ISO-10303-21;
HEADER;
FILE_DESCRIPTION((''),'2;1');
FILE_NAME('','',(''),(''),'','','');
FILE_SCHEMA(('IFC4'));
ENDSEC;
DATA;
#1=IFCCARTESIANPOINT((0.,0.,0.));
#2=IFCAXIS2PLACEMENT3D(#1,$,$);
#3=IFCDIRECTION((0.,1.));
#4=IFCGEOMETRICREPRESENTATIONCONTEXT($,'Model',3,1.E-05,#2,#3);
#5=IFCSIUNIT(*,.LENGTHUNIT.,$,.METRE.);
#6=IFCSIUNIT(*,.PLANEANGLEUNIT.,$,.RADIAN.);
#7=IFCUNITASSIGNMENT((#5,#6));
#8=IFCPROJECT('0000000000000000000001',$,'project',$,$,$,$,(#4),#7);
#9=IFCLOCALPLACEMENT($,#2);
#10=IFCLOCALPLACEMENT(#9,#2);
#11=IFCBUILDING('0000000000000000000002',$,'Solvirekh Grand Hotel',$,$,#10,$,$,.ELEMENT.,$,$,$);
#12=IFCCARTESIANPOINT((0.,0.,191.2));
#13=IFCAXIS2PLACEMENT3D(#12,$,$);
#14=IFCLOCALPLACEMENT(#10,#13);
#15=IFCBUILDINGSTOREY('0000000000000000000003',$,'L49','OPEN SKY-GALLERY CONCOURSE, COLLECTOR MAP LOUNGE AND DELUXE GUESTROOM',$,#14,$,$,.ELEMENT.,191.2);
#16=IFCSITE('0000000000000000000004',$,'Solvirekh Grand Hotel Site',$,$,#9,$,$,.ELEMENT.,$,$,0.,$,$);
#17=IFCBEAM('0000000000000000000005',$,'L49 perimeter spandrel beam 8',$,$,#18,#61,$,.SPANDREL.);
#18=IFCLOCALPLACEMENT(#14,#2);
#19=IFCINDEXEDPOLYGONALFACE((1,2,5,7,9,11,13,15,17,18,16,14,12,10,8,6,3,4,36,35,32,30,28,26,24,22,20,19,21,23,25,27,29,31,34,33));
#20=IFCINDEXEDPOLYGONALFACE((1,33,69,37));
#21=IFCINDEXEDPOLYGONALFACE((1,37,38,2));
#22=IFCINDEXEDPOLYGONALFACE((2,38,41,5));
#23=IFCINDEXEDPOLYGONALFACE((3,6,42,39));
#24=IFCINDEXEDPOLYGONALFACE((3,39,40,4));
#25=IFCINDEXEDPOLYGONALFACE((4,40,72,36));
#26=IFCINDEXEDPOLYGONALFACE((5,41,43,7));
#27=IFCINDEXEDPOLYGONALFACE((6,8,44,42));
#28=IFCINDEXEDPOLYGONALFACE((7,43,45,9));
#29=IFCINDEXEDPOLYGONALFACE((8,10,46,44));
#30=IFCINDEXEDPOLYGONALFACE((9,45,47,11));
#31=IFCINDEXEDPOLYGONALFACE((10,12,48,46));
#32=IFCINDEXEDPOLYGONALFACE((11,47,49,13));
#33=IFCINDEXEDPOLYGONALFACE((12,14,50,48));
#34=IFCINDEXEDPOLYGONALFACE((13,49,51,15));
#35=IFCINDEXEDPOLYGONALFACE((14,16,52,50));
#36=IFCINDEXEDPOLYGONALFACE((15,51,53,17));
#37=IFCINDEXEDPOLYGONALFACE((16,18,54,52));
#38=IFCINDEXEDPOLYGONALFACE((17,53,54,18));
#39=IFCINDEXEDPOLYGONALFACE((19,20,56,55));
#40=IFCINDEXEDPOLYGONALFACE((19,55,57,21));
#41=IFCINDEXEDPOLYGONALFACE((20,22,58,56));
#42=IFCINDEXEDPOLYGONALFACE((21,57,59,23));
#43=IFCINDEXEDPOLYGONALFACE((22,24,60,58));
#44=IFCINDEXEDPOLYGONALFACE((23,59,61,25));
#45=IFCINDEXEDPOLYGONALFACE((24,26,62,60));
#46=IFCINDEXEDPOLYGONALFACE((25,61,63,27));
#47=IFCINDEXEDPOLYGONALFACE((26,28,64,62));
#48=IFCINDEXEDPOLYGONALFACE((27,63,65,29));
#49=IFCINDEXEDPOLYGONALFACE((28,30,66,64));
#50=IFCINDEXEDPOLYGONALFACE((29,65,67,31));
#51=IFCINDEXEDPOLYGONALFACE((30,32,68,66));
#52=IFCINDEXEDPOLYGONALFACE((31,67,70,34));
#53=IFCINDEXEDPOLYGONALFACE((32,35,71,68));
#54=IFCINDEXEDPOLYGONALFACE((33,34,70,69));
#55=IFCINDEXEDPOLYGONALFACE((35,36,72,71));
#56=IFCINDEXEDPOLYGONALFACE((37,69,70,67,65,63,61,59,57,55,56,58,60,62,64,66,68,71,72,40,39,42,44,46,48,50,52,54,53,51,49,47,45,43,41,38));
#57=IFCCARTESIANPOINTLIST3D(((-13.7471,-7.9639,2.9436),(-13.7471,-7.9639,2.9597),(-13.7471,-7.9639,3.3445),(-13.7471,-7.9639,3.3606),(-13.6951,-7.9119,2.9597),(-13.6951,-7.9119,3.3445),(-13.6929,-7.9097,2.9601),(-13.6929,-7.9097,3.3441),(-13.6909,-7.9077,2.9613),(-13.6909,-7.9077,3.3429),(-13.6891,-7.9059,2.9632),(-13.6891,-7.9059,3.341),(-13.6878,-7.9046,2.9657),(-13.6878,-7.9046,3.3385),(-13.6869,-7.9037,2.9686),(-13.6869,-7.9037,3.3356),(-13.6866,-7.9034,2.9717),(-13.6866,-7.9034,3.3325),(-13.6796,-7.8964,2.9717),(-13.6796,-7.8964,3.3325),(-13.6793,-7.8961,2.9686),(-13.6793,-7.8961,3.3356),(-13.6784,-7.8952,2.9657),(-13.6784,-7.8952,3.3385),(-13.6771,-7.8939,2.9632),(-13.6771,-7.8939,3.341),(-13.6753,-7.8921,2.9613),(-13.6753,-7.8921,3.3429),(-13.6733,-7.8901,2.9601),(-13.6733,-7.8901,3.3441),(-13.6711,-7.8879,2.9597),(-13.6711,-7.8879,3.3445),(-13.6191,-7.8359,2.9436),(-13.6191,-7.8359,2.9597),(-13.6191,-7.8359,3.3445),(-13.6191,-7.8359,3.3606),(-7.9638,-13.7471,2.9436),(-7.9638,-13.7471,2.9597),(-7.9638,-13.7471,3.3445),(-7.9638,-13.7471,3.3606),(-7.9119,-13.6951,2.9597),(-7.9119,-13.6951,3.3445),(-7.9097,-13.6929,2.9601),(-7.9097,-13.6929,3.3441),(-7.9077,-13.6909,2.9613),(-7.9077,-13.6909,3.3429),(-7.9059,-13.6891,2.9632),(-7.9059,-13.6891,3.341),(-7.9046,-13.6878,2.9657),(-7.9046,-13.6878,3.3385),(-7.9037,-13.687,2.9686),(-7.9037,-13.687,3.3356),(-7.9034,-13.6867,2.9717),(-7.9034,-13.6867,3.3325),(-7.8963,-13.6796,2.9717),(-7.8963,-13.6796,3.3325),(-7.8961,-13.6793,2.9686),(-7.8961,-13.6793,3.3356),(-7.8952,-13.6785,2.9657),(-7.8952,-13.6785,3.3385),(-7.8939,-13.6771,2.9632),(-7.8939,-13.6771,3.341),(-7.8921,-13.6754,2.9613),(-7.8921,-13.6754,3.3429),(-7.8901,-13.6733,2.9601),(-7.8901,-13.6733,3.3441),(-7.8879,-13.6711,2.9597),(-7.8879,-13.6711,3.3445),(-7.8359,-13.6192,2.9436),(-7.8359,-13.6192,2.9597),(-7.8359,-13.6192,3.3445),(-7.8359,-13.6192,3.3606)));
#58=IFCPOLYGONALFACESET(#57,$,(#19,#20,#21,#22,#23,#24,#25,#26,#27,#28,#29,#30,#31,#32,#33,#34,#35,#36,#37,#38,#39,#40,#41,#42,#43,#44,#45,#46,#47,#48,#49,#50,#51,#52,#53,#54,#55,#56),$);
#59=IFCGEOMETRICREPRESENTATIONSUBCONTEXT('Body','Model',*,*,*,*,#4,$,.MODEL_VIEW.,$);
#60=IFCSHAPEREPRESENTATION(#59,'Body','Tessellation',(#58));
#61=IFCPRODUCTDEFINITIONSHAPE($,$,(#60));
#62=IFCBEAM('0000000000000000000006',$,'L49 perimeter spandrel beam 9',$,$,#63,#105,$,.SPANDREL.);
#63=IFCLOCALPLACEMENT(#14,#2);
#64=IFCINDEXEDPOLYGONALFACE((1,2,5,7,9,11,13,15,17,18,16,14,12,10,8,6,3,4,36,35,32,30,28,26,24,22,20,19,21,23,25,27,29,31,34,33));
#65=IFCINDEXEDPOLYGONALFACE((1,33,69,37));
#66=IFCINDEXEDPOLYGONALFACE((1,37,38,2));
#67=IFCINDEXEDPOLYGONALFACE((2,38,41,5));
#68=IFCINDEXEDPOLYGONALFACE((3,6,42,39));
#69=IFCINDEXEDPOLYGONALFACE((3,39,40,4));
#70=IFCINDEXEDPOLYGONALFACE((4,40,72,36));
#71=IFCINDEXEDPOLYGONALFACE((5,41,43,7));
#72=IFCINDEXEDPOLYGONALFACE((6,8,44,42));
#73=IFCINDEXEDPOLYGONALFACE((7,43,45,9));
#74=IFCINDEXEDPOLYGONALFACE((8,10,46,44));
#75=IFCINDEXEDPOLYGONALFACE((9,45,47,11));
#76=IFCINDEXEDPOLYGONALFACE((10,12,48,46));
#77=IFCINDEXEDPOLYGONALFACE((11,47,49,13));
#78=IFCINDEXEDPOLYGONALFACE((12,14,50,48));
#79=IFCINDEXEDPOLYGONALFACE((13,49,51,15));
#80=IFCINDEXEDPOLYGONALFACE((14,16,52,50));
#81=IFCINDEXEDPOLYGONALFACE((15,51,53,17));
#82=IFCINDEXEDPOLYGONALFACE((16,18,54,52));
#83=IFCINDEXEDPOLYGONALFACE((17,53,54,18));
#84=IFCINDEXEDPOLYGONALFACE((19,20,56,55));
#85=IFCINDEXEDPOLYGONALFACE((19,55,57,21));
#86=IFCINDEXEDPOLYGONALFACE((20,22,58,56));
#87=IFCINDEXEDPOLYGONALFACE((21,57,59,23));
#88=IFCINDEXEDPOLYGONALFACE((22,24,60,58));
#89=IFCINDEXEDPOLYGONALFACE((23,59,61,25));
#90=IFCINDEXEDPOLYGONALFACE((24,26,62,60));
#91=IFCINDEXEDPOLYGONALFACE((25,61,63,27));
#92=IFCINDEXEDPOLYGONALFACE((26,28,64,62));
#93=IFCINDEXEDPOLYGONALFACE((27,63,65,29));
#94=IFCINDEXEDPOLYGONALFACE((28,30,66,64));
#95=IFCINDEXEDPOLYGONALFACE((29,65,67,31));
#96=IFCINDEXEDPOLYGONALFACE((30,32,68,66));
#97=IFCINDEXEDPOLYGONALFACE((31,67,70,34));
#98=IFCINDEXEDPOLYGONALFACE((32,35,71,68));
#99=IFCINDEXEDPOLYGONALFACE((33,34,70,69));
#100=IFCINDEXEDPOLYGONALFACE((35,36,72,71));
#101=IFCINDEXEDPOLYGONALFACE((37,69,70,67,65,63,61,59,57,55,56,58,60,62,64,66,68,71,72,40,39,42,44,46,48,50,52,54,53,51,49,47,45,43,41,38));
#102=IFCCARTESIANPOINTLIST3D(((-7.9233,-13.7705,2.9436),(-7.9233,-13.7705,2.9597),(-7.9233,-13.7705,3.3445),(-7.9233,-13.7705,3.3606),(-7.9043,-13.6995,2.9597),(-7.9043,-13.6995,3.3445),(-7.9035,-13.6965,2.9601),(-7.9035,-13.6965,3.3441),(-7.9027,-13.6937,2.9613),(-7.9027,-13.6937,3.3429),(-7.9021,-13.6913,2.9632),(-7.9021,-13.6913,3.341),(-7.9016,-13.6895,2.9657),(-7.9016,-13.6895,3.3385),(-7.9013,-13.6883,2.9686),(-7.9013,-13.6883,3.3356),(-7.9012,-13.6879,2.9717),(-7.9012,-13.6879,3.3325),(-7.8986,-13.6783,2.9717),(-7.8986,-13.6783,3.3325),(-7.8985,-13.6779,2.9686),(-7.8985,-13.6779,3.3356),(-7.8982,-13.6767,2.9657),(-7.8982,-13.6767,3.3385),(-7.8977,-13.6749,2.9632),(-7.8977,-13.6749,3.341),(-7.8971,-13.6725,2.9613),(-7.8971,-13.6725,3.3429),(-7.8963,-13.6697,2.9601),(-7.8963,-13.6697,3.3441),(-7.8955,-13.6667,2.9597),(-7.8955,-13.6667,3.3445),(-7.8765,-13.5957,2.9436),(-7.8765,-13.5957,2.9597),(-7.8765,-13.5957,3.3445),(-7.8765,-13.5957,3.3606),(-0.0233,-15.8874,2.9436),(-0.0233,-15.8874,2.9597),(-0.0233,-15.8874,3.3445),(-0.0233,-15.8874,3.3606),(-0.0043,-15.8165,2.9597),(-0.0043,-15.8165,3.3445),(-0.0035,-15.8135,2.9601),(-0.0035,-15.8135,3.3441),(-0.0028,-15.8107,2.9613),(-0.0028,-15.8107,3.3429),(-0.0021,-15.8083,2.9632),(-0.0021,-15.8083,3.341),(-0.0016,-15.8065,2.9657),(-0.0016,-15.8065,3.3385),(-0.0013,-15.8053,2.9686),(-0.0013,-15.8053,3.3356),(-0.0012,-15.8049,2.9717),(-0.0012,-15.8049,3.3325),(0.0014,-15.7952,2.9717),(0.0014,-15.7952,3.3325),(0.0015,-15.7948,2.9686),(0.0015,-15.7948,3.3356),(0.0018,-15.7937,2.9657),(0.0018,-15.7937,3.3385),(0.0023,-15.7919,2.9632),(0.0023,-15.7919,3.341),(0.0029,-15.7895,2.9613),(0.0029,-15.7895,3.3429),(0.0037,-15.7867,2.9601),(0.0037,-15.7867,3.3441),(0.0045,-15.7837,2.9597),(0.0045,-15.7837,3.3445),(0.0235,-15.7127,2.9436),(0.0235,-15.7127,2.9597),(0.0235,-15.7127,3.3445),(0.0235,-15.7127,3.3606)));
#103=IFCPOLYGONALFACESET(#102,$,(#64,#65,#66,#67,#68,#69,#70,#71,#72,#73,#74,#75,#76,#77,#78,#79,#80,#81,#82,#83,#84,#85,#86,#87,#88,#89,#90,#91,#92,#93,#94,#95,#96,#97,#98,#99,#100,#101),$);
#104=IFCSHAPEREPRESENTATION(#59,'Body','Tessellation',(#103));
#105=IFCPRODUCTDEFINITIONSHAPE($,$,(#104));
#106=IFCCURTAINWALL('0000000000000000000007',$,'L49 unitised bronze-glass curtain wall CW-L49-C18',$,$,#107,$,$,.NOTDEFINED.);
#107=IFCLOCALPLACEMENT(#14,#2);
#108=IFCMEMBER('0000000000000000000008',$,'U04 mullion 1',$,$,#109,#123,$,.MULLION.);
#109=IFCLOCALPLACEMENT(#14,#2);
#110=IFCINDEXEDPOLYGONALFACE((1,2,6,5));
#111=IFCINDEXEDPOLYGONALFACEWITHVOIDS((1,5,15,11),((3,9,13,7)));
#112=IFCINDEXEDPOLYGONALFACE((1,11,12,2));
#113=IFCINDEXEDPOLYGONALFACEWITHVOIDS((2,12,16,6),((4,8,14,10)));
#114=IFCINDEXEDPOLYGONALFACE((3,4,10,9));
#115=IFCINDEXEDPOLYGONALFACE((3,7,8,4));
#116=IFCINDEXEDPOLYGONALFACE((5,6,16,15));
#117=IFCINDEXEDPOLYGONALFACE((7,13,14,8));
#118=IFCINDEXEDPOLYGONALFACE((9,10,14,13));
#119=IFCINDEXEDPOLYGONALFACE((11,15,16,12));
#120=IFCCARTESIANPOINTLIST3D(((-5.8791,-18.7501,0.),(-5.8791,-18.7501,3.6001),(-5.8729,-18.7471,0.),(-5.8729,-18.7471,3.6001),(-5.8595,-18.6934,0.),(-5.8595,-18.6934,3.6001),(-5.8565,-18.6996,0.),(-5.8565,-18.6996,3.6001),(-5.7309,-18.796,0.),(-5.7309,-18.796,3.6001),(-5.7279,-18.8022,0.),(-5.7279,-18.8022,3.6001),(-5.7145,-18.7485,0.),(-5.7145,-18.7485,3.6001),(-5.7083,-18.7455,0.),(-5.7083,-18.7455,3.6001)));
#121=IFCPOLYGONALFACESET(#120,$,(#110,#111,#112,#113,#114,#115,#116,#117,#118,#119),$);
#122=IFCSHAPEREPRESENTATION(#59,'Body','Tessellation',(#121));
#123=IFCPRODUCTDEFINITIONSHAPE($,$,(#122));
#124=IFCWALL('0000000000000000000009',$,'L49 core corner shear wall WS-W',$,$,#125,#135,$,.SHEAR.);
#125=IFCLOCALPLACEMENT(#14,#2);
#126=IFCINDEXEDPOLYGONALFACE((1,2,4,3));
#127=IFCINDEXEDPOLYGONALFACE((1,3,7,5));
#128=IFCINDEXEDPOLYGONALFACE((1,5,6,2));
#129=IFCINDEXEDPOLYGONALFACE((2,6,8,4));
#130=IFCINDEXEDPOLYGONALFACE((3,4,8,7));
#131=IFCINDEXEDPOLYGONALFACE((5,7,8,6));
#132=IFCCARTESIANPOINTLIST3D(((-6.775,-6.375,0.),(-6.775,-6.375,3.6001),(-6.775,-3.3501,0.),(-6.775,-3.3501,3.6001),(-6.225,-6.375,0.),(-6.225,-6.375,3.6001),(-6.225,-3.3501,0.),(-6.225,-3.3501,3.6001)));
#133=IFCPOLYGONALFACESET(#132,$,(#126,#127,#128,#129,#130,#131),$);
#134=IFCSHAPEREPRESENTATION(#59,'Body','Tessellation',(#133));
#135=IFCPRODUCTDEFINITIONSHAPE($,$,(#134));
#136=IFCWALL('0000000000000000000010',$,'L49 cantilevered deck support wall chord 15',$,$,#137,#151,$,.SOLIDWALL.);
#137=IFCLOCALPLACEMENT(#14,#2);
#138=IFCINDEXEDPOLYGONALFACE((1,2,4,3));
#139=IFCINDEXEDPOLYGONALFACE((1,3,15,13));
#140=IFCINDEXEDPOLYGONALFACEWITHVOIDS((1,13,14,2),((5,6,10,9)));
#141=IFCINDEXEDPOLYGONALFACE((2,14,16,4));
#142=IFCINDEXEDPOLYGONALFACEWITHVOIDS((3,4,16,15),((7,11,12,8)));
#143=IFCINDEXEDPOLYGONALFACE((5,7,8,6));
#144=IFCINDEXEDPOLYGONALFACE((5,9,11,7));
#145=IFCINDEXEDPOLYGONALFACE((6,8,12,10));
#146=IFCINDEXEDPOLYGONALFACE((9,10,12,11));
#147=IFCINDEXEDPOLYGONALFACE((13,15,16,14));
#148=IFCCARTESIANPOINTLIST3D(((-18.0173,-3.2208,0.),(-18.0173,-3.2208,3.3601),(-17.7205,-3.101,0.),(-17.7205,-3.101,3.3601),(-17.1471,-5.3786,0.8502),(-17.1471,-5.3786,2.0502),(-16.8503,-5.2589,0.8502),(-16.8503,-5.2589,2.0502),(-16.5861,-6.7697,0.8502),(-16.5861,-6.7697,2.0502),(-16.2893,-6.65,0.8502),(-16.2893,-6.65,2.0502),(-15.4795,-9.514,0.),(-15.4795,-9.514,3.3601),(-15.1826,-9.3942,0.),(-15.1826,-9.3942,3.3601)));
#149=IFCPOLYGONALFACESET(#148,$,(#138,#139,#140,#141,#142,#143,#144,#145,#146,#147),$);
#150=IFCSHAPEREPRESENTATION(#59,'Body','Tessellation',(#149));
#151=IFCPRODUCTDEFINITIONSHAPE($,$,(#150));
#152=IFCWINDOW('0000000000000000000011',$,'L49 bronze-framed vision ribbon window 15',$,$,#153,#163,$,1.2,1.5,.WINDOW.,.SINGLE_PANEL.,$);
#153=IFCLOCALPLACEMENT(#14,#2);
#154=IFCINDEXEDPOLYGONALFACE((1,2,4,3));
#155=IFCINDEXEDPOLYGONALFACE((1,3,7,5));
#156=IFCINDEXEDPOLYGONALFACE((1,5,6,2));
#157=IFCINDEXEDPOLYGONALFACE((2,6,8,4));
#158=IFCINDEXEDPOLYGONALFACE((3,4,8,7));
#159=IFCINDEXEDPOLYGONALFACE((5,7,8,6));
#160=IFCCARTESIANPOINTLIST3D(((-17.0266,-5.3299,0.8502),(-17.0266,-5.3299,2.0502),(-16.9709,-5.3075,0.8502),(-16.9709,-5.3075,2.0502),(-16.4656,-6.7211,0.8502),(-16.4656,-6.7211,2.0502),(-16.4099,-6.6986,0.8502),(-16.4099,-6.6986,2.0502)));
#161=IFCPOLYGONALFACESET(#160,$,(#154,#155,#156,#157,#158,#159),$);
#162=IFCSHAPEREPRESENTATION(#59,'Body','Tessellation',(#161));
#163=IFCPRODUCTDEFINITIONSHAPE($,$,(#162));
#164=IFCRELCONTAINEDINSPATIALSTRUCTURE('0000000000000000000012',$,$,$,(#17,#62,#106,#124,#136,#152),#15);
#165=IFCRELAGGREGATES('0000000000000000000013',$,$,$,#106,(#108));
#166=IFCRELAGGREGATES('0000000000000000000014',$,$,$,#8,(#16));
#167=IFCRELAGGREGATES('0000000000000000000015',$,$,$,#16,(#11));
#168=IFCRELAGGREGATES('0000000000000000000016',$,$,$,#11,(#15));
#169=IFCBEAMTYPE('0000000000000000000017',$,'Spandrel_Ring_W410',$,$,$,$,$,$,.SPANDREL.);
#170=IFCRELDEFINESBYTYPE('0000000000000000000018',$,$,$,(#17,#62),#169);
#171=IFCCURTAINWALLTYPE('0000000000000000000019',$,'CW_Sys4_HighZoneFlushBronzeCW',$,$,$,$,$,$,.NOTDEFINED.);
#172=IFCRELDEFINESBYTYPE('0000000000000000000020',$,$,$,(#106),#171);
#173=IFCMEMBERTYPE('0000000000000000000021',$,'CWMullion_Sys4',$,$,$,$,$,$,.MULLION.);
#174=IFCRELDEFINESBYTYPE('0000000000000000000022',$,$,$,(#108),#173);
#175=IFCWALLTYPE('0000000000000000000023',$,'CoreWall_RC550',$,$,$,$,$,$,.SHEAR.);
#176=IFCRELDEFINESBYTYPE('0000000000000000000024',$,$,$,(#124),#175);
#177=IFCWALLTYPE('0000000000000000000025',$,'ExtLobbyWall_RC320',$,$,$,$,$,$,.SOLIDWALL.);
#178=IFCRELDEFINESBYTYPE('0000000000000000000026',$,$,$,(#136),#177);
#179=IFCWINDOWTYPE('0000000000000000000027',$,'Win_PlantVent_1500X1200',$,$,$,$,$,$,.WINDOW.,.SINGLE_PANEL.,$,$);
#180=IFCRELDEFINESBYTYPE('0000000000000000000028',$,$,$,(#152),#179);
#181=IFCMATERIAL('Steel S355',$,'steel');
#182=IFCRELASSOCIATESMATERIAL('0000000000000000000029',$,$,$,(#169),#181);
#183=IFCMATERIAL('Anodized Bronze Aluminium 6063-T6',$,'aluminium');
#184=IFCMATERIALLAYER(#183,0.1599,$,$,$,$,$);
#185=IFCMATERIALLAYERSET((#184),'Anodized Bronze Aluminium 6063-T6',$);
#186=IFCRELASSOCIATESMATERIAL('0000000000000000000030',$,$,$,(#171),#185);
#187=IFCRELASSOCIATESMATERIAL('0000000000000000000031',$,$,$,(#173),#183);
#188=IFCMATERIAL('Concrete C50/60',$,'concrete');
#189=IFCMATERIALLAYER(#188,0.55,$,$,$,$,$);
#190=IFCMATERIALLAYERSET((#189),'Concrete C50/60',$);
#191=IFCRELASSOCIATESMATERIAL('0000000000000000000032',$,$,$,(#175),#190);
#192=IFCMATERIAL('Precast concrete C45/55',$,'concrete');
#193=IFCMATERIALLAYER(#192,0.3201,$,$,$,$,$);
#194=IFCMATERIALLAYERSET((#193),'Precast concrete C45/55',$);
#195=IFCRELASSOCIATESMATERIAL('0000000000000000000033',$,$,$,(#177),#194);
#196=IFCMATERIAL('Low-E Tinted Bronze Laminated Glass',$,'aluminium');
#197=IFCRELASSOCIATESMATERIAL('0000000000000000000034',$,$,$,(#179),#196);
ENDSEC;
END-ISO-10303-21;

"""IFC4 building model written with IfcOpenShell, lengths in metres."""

from ifc_helpers import new_model, si_unit, direction, frame, frame_2d, origin, origin_2d, place, context, subcontext, project, spatial, rectangle, hollow_rectangle, i_section, extrude, source, transform, mapped, material, layer, layer_set, material_profile, profile_set, type_object, element, fill, aggregate, save


model = new_model("IFC4")

# Units and contexts
model_context = context("Model", 3, precision=1e-05, world=origin(), true_north=direction((0.0, 1.0)))
body_context = subcontext(model_context, "Body", "Model", "MODEL_VIEW")
ifc_project = project(units=[si_unit("LENGTHUNIT", "METRE"), si_unit("PLANEANGLEUNIT", "RADIAN")], contexts=[model_context])

# Site, building, storey
site_placement = place(None, origin())
site = spatial("IfcSite", under=ifc_project, at=site_placement, Name="Solvirekh Grand Hotel Site", CompositionType="ELEMENT", RefElevation=0.0)
building_placement = place(site_placement, origin())
building = spatial("IfcBuilding", under=site, at=building_placement, Name="Solvirekh Grand Hotel", CompositionType="ELEMENT")
storey_placement = place(building_placement, frame((0.0, 0.0, 191.2)))
storey = spatial("IfcBuildingStorey", under=building, at=storey_placement, Name="L49", Description="OPEN SKY-GALLERY CONCOURSE, COLLECTOR MAP LOUNGE AND DELUXE GUESTROOM", CompositionType="ELEMENT", Elevation=191.2)

# Shared definitions
ifc_material_1 = material(Name="Concrete C50/60", Category="concrete")

# Beams
ifc_material_2 = material(Name="Steel S355", Category="steel")
ifc_material_profile_1 = material_profile(ifc_material_2, i_section(OverallWidth=0.1809, OverallDepth=0.417, WebThickness=0.01, FlangeThickness=0.0161, FilletRadius=0.012, at=origin_2d()), Name="W410X85")
ifc_profile_set_1 = profile_set([ifc_material_profile_1], Name="Steel S355")
beam_type_1 = type_object("IfcBeamType", Name="Spandrel_Ring_W410", PredefinedType="SPANDREL", material=ifc_profile_set_1)
for number, where, z_axis, x_axis, name in (
    (1, (-13.6831, -7.8999, 3.1521), (0.707107, -0.707107, 0.0), (0.707107, 0.707107, 0.0), "L49 perimeter spandrel beam 8"),
    (2, (-7.8999, -13.6831, 3.1521), (0.965921, -0.258839, 0.0), (0.258839, 0.965921, 0.0), "L49 perimeter spandrel beam 9"),
):
    element("IfcBeam", number, at=place(storey_placement, frame(where, z_axis=z_axis, x_axis=x_axis)), inside=storey, type_object=beam_type_1, Name=name, PredefinedType="SPANDREL", context=body_context, shape_type="SweptSolid", body=[
        extrude(i_section(OverallWidth=0.1809, OverallDepth=0.417, WebThickness=0.01, FlangeThickness=0.0161, FilletRadius=0.012, at=origin_2d()), origin(), (0.0, 0.0, 1.0), 8.1787),
    ])

# Curtain wall, member
ifc_material_3 = material(Name="Anodized Bronze Aluminium 6063-T6", Category="aluminium")
ifc_layer_1 = layer(ifc_material_3, 0.1599)
ifc_layer_set_1 = layer_set([ifc_layer_1], Name="Anodized Bronze Aluminium 6063-T6")
curtain_wall_type = type_object("IfcCurtainWallType", Name="CW_Sys4_HighZoneFlushBronzeCW", PredefinedType="NOTDEFINED", material=ifc_layer_set_1)
curtain_wall_placement = place(storey_placement, origin())
curtain_wall = element("IfcCurtainWall", 3, at=curtain_wall_placement, inside=storey, type_object=curtain_wall_type, Name="L49 unitised bronze-glass curtain wall CW-L49-C18", PredefinedType="NOTDEFINED")
ifc_material_profile_2 = material_profile(ifc_material_3, hollow_rectangle(XDim=0.0601, YDim=0.1599, WallThickness=0.0049, at=origin_2d()), Name="ALU RHS 160X60X5")
ifc_profile_set_2 = profile_set([ifc_material_profile_2], Name="Anodized Bronze Aluminium 6063-T6")
member_type = type_object("IfcMemberType", Name="CWMullion_Sys4", PredefinedType="MULLION", material=ifc_profile_set_2)
shared_shape = source(origin(), body_context, "Body", "SweptSolid", [
    extrude(hollow_rectangle(XDim=0.0601, YDim=0.1599, WallThickness=0.0049, at=origin_2d()), origin(), (0.0, 0.0, 1.0), 3.6001),
])
member_placement = place(storey_placement, frame((-5.7937, -18.7478, 0.0), z_axis=(0.0, 0.0, 1.0), x_axis=(0.325885, 0.94541, 0.0)))
member = element("IfcMember", 4, at=member_placement, type_object=member_type, Name="U04 mullion 1", PredefinedType="MULLION", context=body_context, shape_type="MappedRepresentation", body=[
    mapped(shared_shape, transform((0.0, 0.0, 0.0), x_axis=(1.0, 0.0, 0.0), y_axis=(0.0, 1.0, 0.0), z_axis=(0.0, 0.0, 1.0), scale=1.0)),
])
aggregate(curtain_wall, [member])

# Wall
ifc_layer_2 = layer(ifc_material_1, 0.55)
ifc_layer_set_2 = layer_set([ifc_layer_2], Name="Concrete C50/60")
wall_type_1 = type_object("IfcWallType", Name="CoreWall_RC550", PredefinedType="SHEAR", material=ifc_layer_set_2)
wall_1_placement = place(storey_placement, frame((-6.5, -6.375, 0.0), z_axis=(0.0, 0.0, 1.0), x_axis=(0.0, 1.0, 0.0)))
element("IfcWall", 5, at=wall_1_placement, inside=storey, type_object=wall_type_1, Name="L49 core corner shear wall WS-W", PredefinedType="SHEAR", context=body_context, shape_type="SweptSolid", body=[
    extrude(rectangle(XDim=3.0249, YDim=0.55, at=frame_2d((1.5125, 0.0))), origin(), (0.0, 0.0, 1.0), 3.6001),
])

# Wall, opening, window
ifc_material_4 = material(Name="Precast concrete C45/55", Category="concrete")
ifc_layer_3 = layer(ifc_material_4, 0.3201)
ifc_layer_set_3 = layer_set([ifc_layer_3], Name="Precast concrete C45/55")
wall_type_2 = type_object("IfcWallType", Name="ExtLobbyWall_RC320", PredefinedType="SOLIDWALL", material=ifc_layer_set_3)
wall_2_placement = place(storey_placement, frame((-15.3311, -9.4541, 0.0), z_axis=(0.0, 0.0, 1.0), x_axis=(-0.374001, 0.927428, 0.0)))
wall_2 = element("IfcWall", 6, at=wall_2_placement, inside=storey, type_object=wall_type_2, Name="L49 cantilevered deck support wall chord 15", PredefinedType="SOLIDWALL", context=body_context, shape_type="SweptSolid", body=[
    extrude(rectangle(XDim=6.7856, YDim=0.3201, at=frame_2d((3.3928, 0.0))), origin(), (0.0, 0.0, 1.0), 3.3601),
])
opening_1_placement = place(wall_2_placement, frame((2.959, 0.0, 0.8501)))
opening_1 = element("IfcOpeningElement", 7, at=opening_1_placement, cuts=wall_2, PredefinedType="OPENING", context=body_context, shape_type="SweptSolid", body=[
    extrude(rectangle(XDim=1.5, YDim=1.2, at=frame_2d((0.75, 0.6001))), frame((0.0, 0.1699, 0.0), z_axis=(0.0, -1.0, 0.0), x_axis=(1.0, 0.0, 0.0)), (0.0, 0.0, 1.0), 0.3401),
])
ifc_material_5 = material(Name="Low-E Tinted Bronze Laminated Glass", Category="aluminium")
window_type_1 = type_object("IfcWindowType", Name="Win_PlantVent_1500X1200", PartitioningType="SINGLE_PANEL", PredefinedType="WINDOW", material=ifc_material_5)
window_1_placement = place(opening_1_placement, origin())
window_1 = element("IfcWindow", 8, at=window_1_placement, inside=storey, type_object=window_type_1, Name="L49 bronze-framed vision ribbon window 15", OverallHeight=1.2, OverallWidth=1.5, PartitioningType="SINGLE_PANEL", PredefinedType="WINDOW", context=body_context, shape_type="SweptSolid", body=[
    extrude(rectangle(XDim=1.5, YDim=1.2, at=frame_2d((0.75, 0.6001))), frame((0.0, 0.03, 0.0), z_axis=(0.0, -1.0, 0.0), x_axis=(1.0, 0.0, 0.0)), (0.0, 0.0, 1.0), 0.0601),
])
fill(opening_1, window_1)

save(model, "model.ifc")
